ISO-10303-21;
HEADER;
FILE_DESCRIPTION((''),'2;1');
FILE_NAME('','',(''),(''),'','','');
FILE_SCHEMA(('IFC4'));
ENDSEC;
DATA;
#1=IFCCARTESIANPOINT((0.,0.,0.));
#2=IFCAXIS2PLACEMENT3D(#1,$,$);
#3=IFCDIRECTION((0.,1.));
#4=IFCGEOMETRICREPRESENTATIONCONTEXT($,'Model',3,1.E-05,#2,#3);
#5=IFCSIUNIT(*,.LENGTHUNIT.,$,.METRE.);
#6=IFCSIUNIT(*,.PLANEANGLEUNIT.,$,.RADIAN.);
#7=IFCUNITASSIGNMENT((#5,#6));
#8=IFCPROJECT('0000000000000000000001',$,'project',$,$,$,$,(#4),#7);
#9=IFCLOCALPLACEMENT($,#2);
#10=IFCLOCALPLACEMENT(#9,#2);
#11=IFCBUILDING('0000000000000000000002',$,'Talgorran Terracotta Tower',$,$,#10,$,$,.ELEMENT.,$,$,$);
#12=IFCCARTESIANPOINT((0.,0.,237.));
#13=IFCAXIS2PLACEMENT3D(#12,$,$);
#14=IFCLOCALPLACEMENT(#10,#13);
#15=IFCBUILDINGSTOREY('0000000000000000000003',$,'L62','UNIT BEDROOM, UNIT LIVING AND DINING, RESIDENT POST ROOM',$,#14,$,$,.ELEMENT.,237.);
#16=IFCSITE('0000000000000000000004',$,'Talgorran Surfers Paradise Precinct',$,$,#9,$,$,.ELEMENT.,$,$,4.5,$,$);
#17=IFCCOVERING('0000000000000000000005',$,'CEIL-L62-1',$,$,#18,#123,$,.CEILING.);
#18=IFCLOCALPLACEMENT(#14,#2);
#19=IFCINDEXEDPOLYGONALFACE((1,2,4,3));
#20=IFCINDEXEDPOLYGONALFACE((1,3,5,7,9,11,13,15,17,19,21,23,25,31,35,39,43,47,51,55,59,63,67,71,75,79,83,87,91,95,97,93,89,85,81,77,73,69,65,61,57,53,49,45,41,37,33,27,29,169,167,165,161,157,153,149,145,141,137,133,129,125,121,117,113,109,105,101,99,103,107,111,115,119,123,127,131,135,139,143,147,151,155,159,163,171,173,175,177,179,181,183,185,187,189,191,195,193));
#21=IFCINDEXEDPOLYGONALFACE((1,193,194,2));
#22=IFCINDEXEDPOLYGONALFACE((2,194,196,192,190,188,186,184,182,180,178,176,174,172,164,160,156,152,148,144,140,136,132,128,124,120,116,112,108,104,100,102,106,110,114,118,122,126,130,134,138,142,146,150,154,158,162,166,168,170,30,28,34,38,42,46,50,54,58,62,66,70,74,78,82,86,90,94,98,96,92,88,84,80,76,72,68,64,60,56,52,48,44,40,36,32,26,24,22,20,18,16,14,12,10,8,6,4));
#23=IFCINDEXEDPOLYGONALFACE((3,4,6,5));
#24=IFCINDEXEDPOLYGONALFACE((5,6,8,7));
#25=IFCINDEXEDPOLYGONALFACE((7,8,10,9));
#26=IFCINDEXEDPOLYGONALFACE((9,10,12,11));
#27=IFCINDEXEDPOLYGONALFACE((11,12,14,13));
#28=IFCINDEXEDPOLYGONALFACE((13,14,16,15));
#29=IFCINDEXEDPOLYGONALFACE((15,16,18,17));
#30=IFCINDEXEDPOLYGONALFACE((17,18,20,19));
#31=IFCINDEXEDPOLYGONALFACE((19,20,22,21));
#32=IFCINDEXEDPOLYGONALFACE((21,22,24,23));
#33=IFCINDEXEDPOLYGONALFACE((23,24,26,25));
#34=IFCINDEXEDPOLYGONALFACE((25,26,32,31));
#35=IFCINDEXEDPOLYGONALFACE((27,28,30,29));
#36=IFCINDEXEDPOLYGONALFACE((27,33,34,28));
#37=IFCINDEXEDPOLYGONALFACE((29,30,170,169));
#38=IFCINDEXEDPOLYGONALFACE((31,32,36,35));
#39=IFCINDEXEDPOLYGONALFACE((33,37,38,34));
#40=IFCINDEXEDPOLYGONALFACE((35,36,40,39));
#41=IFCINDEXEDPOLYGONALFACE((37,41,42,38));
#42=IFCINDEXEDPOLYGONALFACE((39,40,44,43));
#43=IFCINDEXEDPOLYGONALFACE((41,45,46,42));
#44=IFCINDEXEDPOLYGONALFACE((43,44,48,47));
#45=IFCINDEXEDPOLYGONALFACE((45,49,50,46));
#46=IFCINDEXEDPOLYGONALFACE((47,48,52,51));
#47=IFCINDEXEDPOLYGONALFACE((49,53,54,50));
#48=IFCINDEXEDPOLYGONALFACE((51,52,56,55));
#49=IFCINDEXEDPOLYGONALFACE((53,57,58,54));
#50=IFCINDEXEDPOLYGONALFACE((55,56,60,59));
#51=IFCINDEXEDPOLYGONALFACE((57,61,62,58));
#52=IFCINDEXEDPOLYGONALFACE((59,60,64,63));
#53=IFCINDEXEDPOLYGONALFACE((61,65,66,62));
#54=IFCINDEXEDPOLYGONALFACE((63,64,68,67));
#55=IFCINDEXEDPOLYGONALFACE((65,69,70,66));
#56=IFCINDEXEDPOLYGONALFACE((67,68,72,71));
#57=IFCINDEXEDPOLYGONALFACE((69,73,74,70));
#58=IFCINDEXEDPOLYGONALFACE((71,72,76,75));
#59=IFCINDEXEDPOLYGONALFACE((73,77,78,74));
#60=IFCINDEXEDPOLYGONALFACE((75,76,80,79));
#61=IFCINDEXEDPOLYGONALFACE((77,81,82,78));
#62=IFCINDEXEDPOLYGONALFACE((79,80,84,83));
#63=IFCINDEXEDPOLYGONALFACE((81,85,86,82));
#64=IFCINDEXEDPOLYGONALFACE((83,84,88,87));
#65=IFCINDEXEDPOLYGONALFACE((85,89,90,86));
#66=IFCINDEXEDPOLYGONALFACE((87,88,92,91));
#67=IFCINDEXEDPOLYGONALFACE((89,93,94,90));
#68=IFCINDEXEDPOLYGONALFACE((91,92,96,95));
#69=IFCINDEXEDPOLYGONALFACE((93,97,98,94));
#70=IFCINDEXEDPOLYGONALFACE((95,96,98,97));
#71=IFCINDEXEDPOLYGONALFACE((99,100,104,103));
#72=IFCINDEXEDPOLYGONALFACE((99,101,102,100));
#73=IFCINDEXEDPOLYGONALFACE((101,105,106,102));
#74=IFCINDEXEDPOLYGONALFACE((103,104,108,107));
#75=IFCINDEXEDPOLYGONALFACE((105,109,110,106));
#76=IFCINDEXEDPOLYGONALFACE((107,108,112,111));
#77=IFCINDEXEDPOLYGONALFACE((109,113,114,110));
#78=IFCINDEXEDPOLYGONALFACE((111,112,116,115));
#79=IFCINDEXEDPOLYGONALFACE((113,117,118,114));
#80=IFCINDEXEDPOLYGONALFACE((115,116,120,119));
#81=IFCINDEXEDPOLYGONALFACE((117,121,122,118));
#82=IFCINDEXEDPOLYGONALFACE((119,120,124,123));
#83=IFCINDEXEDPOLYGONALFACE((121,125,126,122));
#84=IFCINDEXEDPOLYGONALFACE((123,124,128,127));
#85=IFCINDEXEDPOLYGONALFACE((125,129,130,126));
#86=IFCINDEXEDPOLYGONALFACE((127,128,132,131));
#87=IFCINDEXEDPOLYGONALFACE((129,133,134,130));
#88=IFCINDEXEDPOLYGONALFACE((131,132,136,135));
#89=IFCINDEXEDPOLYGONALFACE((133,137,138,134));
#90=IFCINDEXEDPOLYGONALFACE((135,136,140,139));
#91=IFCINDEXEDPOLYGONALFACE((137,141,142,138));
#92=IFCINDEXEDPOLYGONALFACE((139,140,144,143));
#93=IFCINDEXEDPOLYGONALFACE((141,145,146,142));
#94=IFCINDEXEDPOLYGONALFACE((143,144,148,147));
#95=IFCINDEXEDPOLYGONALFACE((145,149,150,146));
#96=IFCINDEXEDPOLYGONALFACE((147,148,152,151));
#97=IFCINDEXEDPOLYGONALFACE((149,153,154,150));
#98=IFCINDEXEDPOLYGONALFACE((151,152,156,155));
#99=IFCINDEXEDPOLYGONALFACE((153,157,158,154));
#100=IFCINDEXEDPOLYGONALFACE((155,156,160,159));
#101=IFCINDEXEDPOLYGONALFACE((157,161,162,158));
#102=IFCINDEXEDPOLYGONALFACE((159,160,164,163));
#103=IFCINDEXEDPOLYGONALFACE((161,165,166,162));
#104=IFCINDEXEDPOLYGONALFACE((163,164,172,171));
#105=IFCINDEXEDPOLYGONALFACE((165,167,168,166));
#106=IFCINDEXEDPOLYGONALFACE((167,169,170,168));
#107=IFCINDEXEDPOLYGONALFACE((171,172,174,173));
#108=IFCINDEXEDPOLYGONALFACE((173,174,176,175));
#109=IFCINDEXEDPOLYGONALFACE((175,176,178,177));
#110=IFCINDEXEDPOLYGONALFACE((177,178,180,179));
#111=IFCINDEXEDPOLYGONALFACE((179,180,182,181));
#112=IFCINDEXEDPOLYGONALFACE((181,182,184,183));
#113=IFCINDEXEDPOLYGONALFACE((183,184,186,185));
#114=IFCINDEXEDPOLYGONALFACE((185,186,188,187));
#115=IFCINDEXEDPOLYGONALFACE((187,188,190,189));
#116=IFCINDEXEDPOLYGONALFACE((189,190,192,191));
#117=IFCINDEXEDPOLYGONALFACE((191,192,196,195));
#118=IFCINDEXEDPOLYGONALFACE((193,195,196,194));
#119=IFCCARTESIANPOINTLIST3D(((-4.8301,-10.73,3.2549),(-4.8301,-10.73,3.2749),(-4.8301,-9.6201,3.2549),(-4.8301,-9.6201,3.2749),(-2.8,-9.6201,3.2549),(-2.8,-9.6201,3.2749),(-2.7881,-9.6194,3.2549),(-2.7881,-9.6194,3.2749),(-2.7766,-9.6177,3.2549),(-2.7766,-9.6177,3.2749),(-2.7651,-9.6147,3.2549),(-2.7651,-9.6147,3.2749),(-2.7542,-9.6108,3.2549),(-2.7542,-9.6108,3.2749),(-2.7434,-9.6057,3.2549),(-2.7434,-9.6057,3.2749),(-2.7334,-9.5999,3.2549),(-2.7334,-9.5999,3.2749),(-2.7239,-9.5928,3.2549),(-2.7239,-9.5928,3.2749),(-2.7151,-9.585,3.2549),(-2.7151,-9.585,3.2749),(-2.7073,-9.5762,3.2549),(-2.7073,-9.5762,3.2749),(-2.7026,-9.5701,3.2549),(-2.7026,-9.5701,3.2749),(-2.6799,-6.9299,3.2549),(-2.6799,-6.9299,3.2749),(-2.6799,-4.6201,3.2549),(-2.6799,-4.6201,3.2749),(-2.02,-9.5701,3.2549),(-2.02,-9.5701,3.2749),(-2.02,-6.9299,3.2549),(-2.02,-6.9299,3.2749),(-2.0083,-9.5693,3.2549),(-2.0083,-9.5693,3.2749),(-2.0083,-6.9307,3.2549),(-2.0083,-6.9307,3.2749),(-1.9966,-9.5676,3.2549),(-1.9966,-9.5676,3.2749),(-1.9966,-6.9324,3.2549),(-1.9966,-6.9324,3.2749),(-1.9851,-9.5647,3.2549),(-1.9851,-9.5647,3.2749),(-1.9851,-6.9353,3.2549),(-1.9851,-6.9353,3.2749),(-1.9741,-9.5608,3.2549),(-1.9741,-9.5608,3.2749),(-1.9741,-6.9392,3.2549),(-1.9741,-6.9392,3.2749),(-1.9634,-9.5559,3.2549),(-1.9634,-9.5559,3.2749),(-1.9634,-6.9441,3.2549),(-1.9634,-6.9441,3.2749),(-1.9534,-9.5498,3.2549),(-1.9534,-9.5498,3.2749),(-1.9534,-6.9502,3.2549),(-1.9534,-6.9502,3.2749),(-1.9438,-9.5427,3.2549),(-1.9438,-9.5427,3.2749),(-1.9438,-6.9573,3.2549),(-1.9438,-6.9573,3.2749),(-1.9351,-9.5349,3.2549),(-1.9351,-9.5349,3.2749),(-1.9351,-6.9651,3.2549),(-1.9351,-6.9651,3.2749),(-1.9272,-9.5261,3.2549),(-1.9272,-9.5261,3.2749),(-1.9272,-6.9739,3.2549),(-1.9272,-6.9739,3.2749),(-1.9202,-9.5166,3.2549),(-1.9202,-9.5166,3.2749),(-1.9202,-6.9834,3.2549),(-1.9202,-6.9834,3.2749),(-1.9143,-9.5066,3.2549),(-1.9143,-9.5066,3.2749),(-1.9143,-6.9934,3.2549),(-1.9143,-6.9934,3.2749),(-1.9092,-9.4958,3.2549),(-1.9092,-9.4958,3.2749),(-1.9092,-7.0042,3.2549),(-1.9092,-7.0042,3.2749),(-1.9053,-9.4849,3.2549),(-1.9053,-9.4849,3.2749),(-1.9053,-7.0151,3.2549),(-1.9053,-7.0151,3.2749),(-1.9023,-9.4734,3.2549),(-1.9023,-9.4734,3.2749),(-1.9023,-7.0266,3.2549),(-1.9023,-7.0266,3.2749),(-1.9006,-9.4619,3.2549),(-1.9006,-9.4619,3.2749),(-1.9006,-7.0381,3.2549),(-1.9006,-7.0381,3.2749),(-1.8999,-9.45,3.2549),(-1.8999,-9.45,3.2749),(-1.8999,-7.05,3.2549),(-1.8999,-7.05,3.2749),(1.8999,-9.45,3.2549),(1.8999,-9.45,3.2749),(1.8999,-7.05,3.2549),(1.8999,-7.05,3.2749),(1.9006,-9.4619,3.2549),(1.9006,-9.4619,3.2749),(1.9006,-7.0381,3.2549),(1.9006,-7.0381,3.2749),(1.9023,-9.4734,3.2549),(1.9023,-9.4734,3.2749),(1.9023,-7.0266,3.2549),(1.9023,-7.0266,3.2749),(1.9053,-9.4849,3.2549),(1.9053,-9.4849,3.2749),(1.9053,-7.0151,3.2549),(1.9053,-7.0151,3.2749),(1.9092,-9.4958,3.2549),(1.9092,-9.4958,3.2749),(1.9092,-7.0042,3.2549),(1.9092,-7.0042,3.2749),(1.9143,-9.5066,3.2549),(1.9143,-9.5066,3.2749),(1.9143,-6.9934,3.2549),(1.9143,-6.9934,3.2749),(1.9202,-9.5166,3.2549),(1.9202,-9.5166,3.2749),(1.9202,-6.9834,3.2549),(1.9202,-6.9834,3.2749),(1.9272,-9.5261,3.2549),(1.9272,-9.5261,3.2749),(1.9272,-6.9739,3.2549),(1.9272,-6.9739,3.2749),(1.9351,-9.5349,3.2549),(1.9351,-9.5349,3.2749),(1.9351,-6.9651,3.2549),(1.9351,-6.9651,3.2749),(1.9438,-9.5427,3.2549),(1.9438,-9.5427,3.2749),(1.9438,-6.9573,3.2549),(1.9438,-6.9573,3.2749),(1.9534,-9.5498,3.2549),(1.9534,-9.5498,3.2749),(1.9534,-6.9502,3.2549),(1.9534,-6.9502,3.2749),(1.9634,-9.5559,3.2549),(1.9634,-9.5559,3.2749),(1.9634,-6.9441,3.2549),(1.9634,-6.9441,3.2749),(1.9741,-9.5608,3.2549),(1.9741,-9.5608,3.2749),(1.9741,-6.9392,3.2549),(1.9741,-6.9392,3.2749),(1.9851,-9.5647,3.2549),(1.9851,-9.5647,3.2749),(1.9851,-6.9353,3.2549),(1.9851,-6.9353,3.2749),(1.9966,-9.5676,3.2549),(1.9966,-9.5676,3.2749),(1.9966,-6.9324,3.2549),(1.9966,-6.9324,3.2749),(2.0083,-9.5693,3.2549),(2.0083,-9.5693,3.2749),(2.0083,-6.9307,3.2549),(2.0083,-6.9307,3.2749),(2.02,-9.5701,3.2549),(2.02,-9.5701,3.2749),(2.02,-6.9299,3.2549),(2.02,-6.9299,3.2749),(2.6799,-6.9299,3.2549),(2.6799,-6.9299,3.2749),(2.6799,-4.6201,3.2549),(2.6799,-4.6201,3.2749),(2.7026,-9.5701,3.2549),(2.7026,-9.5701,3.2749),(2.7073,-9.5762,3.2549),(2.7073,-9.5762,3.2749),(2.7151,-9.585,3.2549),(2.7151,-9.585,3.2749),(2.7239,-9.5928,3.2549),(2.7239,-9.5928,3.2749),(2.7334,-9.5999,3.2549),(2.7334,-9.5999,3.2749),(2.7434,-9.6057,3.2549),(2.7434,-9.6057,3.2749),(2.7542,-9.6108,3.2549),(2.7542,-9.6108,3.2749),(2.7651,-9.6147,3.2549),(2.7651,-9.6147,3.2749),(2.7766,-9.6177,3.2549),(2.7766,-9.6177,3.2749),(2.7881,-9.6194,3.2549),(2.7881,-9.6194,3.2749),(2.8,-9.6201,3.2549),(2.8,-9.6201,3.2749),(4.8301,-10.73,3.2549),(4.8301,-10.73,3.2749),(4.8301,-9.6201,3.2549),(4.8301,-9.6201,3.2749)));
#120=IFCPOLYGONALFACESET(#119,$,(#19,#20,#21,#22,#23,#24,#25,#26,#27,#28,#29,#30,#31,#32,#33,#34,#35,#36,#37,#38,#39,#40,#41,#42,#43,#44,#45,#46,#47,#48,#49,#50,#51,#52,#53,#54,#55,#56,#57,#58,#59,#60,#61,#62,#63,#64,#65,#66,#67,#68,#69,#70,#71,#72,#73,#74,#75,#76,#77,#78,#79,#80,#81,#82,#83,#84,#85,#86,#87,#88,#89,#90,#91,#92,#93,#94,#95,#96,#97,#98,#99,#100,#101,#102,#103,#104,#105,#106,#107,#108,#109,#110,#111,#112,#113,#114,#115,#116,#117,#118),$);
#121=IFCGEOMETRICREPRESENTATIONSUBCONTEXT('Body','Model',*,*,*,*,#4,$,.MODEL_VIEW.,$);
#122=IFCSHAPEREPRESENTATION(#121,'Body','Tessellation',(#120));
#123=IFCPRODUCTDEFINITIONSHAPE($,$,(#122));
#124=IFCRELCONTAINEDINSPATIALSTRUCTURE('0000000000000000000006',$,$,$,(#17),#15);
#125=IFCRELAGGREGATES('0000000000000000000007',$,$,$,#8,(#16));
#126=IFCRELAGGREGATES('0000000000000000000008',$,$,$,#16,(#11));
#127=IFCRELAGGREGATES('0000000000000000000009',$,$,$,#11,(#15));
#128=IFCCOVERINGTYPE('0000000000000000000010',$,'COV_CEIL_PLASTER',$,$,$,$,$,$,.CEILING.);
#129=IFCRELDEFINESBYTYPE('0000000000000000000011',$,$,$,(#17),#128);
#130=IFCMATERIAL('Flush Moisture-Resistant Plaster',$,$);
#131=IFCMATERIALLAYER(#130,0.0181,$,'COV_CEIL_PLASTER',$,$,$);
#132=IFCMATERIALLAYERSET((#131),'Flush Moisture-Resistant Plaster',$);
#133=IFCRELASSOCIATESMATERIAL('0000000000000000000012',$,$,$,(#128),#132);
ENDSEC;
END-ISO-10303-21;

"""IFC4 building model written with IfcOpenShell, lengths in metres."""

from ifc_helpers import new_model, si_unit, direction, frame, origin, place, context, subcontext, project, spatial, polyline, outline, extrude, material, layer, layer_set, type_object, element, save


model = new_model("IFC4")

# Units and contexts
model_context = context("Model", 3, precision=1e-05, world=origin(), true_north=direction((0.0, 1.0)))
body_context = subcontext(model_context, "Body", "Model", "MODEL_VIEW")
ifc_project = project(units=[si_unit("LENGTHUNIT", "METRE"), si_unit("PLANEANGLEUNIT", "RADIAN")], contexts=[model_context])

# Site, building, storey
site_placement = place(None, origin())
site = spatial("IfcSite", under=ifc_project, at=site_placement, Name="Talgorran Surfers Paradise Precinct", CompositionType="ELEMENT", RefElevation=4.5)
building_placement = place(site_placement, origin())
building = spatial("IfcBuilding", under=site, at=building_placement, Name="Talgorran Terracotta Tower", CompositionType="ELEMENT")
storey_placement = place(building_placement, frame((0.0, 0.0, 237.0)))
storey = spatial("IfcBuildingStorey", under=building, at=storey_placement, Name="L62", Description="UNIT BEDROOM, UNIT LIVING AND DINING, RESIDENT POST ROOM", CompositionType="ELEMENT", Elevation=237.0)

# Covering
ifc_material_1 = material(Name="Flush Moisture-Resistant Plaster")
ifc_layer_1 = layer(ifc_material_1, 0.0181, Name="COV_CEIL_PLASTER")
ifc_layer_set_1 = layer_set([ifc_layer_1], Name="Flush Moisture-Resistant Plaster")
covering_type_1 = type_object("IfcCoveringType", Name="COV_CEIL_PLASTER", PredefinedType="CEILING", material=ifc_layer_set_1)
covering_1_placement = place(storey_placement, frame((0.0, 0.0, 3.2549)))
element("IfcCovering", 1, at=covering_1_placement, inside=storey, type_object=covering_type_1, Name="CEIL-L62-1", PredefinedType="CEILING", context=body_context, shape_type="SweptSolid", body=[
    extrude(outline(polyline([(-2.7026, -9.5701), (-2.02, -9.5701), (-2.0083, -9.5693), (-1.9966, -9.5676), (-1.9851, -9.5647), (-1.9741, -9.5608), (-1.9634, -9.5559), (-1.9534, -9.5498), (-1.9438, -9.5427), (-1.9351, -9.5349), (-1.9272, -9.5261), (-1.9202, -9.5166), (-1.9143, -9.5066), (-1.9092, -9.4958), (-1.9053, -9.4849), (-1.9023, -9.4734), (-1.9006, -9.4619), (-1.8999, -9.45), (-1.8999, -7.05), (-1.9006, -7.0381), (-1.9023, -7.0266), (-1.9053, -7.0151), (-1.9092, -7.0042), (-1.9143, -6.9934), (-1.9202, -6.9834), (-1.9272, -6.9739), (-1.9351, -6.9651), (-1.9438, -6.9573), (-1.9534, -6.9502), (-1.9634, -6.9441), (-1.9741, -6.9392), (-1.9851, -6.9353), (-1.9966, -6.9324), (-2.0083, -6.9307), (-2.02, -6.9299), (-2.6799, -6.9299), (-2.6799, -4.6201), (2.6799, -4.6201), (2.6799, -6.9299), (2.02, -6.9299), (2.0083, -6.9307), (1.9966, -6.9324), (1.9851, -6.9353), (1.9741, -6.9392), (1.9634, -6.9441), (1.9534, -6.9502), (1.9438, -6.9573), (1.9351, -6.9651), (1.9272, -6.9739), (1.9202, -6.9834), (1.9143, -6.9934), (1.9092, -7.0042), (1.9053, -7.0151), (1.9023, -7.0266), (1.9006, -7.0381), (1.8999, -7.05), (1.8999, -9.45), (1.9006, -9.4619), (1.9023, -9.4734), (1.9053, -9.4849), (1.9092, -9.4958), (1.9143, -9.5066), (1.9202, -9.5166), (1.9272, -9.5261), (1.9351, -9.5349), (1.9438, -9.5427), (1.9534, -9.5498), (1.9634, -9.5559), (1.9741, -9.5608), (1.9851, -9.5647), (1.9966, -9.5676), (2.0083, -9.5693), (2.02, -9.5701), (2.7026, -9.5701), (2.7073, -9.5762), (2.7151, -9.585), (2.7239, -9.5928), (2.7334, -9.5999), (2.7434, -9.6057), (2.7542, -9.6108), (2.7651, -9.6147), (2.7766, -9.6177), (2.7881, -9.6194), (2.8, -9.6201), (4.8301, -9.6201), (4.8301, -10.73), (-4.8301, -10.73), (-4.8301, -9.6201), (-2.8, -9.6201), (-2.7881, -9.6194), (-2.7766, -9.6177), (-2.7651, -9.6147), (-2.7542, -9.6108), (-2.7434, -9.6057), (-2.7334, -9.5999), (-2.7239, -9.5928), (-2.7151, -9.585), (-2.7073, -9.5762), (-2.7026, -9.5701)])), origin(), (0.0, 0.0, 1.0), 0.02),
])

save(model, "model.ifc")
